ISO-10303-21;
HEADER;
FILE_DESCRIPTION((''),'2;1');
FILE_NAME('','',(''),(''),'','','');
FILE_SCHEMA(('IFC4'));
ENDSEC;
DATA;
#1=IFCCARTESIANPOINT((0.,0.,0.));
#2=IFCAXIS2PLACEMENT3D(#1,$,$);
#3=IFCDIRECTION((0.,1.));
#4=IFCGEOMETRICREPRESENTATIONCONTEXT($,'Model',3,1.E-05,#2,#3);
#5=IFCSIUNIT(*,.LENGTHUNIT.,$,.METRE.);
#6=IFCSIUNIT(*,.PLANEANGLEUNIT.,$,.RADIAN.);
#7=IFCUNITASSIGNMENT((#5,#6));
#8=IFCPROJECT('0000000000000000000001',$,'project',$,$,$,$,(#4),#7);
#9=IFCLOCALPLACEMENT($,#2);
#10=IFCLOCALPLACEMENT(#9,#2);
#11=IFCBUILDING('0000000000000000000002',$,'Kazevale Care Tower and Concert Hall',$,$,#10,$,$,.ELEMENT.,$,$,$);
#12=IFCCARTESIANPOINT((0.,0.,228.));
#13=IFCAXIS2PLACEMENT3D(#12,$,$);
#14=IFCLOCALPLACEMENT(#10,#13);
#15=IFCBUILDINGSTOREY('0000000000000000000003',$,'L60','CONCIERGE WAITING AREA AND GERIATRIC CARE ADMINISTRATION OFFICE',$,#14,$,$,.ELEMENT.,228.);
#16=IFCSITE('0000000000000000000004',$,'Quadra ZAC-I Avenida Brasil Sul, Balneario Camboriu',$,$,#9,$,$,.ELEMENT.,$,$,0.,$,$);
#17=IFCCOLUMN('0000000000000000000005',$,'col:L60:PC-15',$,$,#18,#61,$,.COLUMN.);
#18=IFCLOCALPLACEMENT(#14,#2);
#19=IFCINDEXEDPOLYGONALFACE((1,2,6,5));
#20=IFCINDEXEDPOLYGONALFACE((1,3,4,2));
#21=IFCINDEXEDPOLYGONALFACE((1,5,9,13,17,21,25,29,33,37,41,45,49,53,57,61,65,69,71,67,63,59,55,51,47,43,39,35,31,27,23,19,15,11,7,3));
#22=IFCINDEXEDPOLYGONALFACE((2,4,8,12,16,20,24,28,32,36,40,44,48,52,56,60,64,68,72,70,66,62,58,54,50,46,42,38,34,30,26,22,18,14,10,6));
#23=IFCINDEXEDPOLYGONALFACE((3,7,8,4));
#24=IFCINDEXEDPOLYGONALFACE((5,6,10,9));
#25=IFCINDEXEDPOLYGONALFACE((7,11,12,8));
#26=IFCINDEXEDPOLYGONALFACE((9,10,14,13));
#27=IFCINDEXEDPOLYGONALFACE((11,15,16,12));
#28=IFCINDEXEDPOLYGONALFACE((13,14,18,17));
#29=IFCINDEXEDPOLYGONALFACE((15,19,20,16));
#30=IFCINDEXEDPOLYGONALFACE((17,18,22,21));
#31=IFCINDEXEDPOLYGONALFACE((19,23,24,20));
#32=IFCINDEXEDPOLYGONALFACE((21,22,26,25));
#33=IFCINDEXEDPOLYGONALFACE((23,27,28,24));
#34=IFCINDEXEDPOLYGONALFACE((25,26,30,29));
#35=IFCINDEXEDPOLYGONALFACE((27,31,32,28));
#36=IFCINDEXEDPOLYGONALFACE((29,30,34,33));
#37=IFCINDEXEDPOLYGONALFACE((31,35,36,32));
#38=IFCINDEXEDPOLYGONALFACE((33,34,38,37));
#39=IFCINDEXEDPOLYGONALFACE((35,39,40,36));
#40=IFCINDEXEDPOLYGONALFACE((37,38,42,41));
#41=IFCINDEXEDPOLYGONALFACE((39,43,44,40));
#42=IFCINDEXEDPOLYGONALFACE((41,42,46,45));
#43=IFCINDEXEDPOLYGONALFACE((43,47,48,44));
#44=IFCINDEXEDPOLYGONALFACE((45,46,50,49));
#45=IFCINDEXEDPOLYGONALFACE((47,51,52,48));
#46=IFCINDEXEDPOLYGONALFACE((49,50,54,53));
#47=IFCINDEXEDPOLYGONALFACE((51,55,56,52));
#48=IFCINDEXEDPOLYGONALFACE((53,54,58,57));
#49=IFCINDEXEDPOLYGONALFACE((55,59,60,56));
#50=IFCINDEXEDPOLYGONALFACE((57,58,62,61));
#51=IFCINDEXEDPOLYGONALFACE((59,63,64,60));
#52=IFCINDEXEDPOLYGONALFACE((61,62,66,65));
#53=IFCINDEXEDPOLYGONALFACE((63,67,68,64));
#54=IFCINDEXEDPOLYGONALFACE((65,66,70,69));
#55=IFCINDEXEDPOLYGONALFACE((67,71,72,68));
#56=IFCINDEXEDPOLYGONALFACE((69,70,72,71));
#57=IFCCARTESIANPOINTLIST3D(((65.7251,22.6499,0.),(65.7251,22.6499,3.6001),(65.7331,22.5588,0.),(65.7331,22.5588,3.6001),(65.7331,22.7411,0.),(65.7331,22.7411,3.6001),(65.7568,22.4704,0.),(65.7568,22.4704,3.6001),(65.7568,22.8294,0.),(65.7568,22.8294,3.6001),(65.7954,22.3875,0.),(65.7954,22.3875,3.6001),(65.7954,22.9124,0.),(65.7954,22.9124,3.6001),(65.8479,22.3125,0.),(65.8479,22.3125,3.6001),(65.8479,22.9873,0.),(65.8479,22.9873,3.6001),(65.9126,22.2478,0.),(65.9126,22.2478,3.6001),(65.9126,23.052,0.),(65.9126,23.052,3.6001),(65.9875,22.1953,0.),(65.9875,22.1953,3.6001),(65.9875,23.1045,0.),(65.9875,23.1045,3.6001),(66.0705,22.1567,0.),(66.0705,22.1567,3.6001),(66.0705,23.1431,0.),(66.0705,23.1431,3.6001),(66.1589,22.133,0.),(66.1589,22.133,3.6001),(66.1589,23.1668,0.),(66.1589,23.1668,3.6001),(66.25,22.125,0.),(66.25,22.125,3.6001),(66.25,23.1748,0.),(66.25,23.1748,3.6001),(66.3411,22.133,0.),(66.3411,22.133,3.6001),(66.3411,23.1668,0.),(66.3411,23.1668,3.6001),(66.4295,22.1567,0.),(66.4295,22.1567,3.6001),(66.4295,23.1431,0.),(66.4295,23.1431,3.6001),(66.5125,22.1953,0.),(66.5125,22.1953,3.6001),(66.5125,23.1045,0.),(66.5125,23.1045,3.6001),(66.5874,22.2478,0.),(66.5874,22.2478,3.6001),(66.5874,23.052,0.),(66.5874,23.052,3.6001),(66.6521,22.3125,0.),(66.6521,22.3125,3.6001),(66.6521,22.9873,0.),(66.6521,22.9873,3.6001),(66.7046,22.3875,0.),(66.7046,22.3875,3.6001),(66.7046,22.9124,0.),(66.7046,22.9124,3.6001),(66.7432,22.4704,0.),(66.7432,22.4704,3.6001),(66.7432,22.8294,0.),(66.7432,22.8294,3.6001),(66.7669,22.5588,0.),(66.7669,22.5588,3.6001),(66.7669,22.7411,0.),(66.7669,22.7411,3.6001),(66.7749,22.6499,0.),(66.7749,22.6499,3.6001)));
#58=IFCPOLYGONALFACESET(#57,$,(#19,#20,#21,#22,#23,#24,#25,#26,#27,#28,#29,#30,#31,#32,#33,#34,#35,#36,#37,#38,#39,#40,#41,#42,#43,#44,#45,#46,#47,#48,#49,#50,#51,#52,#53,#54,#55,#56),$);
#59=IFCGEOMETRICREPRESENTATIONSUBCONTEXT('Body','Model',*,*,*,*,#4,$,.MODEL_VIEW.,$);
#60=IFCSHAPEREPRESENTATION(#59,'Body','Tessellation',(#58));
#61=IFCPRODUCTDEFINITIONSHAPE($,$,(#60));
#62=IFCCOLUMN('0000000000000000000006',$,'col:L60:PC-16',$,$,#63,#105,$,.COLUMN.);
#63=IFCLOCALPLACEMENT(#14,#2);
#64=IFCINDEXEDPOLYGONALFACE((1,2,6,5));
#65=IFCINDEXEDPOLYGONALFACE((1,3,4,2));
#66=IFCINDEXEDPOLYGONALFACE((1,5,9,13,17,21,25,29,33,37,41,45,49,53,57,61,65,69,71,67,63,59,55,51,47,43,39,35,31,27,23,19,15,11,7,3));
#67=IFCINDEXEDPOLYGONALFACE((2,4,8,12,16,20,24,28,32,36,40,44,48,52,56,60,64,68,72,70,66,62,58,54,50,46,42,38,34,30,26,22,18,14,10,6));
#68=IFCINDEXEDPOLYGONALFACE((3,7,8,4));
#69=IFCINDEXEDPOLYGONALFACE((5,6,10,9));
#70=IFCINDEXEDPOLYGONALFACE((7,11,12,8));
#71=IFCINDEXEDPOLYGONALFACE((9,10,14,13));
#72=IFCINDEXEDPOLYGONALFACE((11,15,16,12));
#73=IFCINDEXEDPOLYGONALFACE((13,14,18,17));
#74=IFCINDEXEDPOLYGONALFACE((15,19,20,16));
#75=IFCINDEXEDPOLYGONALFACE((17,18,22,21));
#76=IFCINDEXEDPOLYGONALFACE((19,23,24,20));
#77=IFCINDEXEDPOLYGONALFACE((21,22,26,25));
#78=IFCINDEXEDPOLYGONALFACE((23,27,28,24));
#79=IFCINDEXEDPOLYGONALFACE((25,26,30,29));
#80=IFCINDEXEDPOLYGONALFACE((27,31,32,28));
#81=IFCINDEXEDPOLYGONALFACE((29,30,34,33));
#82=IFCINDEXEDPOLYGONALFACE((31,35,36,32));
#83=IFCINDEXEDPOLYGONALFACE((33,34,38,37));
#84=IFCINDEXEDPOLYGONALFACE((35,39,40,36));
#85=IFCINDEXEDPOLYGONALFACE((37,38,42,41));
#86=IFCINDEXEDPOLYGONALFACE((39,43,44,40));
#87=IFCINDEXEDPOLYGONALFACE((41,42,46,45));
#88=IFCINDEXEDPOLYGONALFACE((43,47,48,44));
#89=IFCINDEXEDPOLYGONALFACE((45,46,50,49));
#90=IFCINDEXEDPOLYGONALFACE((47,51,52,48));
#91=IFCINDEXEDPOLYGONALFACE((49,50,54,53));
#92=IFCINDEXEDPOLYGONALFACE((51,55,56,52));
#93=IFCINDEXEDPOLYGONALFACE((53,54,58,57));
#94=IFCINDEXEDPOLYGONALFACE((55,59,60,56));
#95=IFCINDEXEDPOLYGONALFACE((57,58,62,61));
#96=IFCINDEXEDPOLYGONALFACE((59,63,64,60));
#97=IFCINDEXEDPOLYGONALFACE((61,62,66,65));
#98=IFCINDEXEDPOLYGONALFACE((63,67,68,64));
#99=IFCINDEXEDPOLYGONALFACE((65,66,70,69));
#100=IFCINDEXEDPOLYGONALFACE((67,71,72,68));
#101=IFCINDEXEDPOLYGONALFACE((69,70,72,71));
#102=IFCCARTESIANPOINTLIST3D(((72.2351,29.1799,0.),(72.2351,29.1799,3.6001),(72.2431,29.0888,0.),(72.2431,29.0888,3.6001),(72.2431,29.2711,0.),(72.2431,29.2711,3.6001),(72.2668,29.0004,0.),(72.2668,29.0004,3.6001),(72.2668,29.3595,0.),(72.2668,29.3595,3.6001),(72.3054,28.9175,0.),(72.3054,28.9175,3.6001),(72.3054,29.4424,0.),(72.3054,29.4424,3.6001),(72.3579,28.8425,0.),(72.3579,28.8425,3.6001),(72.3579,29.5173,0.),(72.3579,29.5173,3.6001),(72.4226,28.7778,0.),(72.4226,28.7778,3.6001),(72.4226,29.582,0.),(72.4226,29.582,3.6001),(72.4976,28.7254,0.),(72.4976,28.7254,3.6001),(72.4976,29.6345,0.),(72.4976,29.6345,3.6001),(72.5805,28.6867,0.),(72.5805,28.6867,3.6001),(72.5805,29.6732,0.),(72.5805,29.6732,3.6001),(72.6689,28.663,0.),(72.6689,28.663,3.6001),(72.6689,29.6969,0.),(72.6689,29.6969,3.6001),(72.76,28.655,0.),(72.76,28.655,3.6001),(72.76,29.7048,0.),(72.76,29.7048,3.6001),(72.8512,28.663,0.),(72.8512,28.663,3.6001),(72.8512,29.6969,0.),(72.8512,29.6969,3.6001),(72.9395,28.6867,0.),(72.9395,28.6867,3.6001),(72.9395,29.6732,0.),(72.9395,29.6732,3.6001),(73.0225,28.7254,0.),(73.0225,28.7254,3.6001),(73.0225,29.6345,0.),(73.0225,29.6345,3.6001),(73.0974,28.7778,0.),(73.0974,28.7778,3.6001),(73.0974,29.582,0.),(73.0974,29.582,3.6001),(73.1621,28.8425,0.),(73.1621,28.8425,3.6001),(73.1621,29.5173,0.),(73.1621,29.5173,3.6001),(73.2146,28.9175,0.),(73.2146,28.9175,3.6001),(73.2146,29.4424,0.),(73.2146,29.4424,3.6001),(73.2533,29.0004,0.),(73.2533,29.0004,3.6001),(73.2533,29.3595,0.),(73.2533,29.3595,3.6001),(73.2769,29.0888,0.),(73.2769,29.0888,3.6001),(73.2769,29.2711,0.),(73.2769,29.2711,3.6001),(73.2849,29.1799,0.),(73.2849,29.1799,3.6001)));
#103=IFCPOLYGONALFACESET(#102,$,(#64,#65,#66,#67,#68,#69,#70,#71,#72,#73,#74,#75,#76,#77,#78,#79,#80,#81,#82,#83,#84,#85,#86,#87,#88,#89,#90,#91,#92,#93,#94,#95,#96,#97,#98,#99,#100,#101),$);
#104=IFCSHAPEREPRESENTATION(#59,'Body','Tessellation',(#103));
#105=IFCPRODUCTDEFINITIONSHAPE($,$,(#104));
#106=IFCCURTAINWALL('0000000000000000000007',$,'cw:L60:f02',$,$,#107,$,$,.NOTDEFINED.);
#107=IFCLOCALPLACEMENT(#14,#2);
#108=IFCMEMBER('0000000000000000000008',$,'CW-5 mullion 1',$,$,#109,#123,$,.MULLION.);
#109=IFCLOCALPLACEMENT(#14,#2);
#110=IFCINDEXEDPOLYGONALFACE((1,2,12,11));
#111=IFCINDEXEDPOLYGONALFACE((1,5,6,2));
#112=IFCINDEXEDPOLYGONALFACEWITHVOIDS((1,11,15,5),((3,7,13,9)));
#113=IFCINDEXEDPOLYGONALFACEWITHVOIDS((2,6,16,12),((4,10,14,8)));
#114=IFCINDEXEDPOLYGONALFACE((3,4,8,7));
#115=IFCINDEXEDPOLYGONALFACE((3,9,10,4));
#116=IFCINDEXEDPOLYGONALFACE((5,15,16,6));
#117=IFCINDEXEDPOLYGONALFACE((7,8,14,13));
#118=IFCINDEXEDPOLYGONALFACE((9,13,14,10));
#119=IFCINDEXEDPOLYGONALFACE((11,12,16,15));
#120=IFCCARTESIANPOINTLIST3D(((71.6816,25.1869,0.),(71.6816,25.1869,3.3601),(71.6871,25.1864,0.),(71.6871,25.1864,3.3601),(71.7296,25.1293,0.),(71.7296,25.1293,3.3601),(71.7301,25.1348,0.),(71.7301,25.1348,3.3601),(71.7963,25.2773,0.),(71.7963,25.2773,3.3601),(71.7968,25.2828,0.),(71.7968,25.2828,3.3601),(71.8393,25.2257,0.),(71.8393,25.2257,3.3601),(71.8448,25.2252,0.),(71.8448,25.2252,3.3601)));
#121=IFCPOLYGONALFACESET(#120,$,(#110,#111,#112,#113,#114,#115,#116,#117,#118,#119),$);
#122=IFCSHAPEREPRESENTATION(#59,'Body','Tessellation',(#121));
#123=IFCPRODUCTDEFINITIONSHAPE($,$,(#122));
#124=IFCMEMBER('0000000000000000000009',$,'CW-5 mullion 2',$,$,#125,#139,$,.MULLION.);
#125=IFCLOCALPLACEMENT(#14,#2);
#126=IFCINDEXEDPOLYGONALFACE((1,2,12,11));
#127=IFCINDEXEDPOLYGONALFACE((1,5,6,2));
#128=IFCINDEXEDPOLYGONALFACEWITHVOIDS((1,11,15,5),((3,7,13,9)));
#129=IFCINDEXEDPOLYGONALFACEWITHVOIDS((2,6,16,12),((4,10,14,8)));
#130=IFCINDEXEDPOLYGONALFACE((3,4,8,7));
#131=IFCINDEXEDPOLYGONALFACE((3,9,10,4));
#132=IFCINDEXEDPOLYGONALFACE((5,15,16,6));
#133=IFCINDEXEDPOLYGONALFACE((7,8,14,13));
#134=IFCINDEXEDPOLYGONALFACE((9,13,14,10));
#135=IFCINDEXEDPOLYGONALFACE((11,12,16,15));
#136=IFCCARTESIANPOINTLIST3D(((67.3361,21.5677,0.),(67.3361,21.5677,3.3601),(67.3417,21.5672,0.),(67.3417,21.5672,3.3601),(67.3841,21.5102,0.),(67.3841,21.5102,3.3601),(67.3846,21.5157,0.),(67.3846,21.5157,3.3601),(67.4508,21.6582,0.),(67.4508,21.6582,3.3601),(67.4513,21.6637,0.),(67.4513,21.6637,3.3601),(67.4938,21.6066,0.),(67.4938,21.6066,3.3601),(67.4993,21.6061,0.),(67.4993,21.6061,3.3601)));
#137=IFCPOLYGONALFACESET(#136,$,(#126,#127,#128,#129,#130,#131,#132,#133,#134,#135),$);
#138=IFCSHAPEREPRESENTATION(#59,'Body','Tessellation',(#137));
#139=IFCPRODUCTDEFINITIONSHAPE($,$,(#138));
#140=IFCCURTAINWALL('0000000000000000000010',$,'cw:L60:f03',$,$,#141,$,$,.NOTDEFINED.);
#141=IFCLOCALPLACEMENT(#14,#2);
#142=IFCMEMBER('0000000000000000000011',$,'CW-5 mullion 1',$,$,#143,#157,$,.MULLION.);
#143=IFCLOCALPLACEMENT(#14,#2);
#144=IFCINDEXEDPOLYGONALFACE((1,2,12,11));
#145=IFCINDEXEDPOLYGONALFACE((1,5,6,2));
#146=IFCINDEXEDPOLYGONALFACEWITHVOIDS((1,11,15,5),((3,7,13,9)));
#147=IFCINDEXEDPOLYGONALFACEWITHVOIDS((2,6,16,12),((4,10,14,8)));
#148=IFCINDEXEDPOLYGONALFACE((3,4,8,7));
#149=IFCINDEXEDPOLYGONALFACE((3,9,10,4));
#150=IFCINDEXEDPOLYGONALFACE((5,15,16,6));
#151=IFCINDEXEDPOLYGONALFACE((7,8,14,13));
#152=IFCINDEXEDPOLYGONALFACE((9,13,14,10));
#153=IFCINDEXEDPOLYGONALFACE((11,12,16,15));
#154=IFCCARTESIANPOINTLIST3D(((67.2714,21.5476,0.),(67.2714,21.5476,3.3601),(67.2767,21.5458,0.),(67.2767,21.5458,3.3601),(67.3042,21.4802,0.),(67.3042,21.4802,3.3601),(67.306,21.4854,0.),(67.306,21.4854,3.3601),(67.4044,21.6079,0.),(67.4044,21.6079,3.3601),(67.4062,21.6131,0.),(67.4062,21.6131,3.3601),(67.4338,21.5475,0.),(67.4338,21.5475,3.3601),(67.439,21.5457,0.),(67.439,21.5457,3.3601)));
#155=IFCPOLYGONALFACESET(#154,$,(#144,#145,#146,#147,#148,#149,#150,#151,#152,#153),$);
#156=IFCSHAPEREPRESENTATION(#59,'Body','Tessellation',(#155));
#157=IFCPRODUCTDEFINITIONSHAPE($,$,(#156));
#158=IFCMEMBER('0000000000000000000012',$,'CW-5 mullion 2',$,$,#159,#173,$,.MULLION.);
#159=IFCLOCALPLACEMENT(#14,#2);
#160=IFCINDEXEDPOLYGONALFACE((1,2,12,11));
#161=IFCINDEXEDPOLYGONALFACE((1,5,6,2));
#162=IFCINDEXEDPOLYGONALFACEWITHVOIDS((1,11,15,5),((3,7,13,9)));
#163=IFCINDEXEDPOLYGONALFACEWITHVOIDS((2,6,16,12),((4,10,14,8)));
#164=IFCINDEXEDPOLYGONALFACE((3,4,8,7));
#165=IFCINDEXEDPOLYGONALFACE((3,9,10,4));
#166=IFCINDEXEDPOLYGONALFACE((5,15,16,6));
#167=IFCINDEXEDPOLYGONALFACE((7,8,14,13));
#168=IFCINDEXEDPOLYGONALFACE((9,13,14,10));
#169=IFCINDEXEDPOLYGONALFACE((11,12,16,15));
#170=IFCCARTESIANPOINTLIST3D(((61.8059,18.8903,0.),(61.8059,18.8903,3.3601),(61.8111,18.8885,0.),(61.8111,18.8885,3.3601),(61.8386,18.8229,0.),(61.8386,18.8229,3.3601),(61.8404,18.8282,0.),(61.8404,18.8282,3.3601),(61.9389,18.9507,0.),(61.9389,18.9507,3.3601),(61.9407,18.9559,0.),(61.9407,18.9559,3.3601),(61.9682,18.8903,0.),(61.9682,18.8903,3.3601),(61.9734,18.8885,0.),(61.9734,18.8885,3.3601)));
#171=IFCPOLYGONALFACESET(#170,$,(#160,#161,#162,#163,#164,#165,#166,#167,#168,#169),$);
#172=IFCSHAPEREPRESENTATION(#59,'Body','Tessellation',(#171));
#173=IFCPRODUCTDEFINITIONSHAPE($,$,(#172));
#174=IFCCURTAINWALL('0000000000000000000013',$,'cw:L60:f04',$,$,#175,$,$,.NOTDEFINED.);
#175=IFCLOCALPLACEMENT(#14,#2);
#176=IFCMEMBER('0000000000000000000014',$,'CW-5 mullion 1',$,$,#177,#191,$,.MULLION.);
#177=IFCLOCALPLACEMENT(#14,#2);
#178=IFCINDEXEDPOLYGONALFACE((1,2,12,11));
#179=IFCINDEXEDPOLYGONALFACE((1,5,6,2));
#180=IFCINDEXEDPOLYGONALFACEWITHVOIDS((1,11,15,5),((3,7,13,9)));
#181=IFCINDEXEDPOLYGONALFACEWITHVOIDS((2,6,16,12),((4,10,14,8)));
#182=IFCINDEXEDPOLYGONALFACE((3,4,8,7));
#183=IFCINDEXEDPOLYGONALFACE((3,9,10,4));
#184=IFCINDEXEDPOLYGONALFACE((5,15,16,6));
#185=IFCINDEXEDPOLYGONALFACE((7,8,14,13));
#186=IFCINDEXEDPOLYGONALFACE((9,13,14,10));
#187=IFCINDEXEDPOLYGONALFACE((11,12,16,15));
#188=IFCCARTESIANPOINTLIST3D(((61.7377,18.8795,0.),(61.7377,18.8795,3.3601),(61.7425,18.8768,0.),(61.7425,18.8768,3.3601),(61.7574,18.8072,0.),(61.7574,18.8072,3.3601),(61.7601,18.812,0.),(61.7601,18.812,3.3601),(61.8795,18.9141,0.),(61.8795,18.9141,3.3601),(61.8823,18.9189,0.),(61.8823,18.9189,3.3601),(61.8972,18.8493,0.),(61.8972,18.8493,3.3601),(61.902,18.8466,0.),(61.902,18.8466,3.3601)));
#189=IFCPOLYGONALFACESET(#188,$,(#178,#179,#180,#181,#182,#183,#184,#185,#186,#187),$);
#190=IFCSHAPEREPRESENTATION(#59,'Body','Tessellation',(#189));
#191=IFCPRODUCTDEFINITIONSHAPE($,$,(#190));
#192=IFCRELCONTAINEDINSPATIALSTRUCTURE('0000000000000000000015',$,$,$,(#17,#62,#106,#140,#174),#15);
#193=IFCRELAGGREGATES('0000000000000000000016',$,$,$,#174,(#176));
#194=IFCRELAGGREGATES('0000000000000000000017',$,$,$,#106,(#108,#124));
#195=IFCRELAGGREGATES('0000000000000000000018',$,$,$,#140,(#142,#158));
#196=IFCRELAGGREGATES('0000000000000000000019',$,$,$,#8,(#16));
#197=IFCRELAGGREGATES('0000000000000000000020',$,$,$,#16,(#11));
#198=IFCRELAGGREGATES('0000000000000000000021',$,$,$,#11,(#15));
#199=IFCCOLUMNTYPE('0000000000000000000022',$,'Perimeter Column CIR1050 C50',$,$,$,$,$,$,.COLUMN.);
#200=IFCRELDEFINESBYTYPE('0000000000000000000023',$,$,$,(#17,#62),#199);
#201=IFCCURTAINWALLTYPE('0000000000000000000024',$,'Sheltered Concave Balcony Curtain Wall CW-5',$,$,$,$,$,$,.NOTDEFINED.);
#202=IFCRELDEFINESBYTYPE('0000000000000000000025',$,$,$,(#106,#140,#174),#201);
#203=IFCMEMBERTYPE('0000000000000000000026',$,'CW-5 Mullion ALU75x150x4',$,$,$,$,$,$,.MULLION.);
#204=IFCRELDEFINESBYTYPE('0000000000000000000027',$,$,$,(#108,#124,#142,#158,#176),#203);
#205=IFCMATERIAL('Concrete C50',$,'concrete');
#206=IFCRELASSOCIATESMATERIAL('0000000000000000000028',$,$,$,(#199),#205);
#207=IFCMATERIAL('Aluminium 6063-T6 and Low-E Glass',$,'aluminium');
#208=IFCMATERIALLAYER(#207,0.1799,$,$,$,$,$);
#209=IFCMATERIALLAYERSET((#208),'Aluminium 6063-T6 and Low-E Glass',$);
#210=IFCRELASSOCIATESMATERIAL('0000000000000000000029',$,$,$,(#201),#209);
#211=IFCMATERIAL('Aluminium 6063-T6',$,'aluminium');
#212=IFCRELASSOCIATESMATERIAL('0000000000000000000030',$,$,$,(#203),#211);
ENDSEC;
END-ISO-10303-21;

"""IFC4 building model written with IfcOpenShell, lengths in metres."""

from ifc_helpers import new_model, si_unit, direction, frame, origin, origin_2d, place, context, subcontext, project, spatial, hollow_rectangle, circle, extrude, material, layer, layer_set, material_profile, profile_set, type_object, element, aggregate, save


model = new_model("IFC4")

# Units and contexts
model_context = context("Model", 3, precision=1e-05, world=origin(), true_north=direction((0.0, 1.0)))
body_context = subcontext(model_context, "Body", "Model", "MODEL_VIEW")
ifc_project = project(units=[si_unit("LENGTHUNIT", "METRE"), si_unit("PLANEANGLEUNIT", "RADIAN")], contexts=[model_context])

# Site, building, storey
site_placement = place(None, origin())
site = spatial("IfcSite", under=ifc_project, at=site_placement, Name="Quadra ZAC-I Avenida Brasil Sul, Balneario Camboriu", CompositionType="ELEMENT", RefElevation=0.0)
building_placement = place(site_placement, origin())
building = spatial("IfcBuilding", under=site, at=building_placement, Name="Kazevale Care Tower and Concert Hall", CompositionType="ELEMENT")
storey_placement = place(building_placement, frame((0.0, 0.0, 228.0)))
storey = spatial("IfcBuildingStorey", under=building, at=storey_placement, Name="L60", Description="CONCIERGE WAITING AREA AND GERIATRIC CARE ADMINISTRATION OFFICE", CompositionType="ELEMENT", Elevation=228.0)

# Columns
ifc_material_1 = material(Name="Concrete C50", Category="concrete")
ifc_material_profile_1 = material_profile(ifc_material_1, circle(Radius=0.5249, at=origin_2d()), Name="RC-CIR1050")
ifc_profile_set_1 = profile_set([ifc_material_profile_1], Name="Concrete C50")
column_type = type_object("IfcColumnType", Name="Perimeter Column CIR1050 C50", PredefinedType="COLUMN", material=ifc_profile_set_1)
for number, where, z_axis, x_axis, name in (
    (1, (66.25, 22.6499, 0.0), (0.0, 0.0, 1.0), (1.0, 0.0, 0.0), "col:L60:PC-15"),
    (2, (72.76, 29.1799, 0.0), (0.0, 0.0, 1.0), (1.0, 0.0, 0.0), "col:L60:PC-16"),
):
    element("IfcColumn", number, at=place(storey_placement, frame(where, z_axis=z_axis, x_axis=x_axis)), inside=storey, type_object=column_type, Name=name, PredefinedType="COLUMN", context=body_context, shape_type="SweptSolid", body=[
        extrude(circle(Radius=0.5249, at=origin_2d()), origin(), (0.0, 0.0, 1.0), 3.6001),
    ])

# Curtain walls, members
ifc_material_2 = material(Name="Aluminium 6063-T6 and Low-E Glass", Category="aluminium")
ifc_layer_1 = layer(ifc_material_2, 0.1799)
ifc_layer_set_1 = layer_set([ifc_layer_1], Name="Aluminium 6063-T6 and Low-E Glass")
curtain_wall_type = type_object("IfcCurtainWallType", Name="Sheltered Concave Balcony Curtain Wall CW-5", PredefinedType="NOTDEFINED", material=ifc_layer_set_1)
curtain_wall_1_placement = place(storey_placement, origin())
curtain_wall_1 = element("IfcCurtainWall", 3, at=curtain_wall_1_placement, inside=storey, type_object=curtain_wall_type, Name="cw:L60:f02", PredefinedType="NOTDEFINED")
ifc_material_3 = material(Name="Aluminium 6063-T6", Category="aluminium")
ifc_material_profile_2 = material_profile(ifc_material_3, hollow_rectangle(XDim=0.075, YDim=0.1499, WallThickness=0.0039, at=origin_2d()), Name="ALU75x150x4")
ifc_profile_set_2 = profile_set([ifc_material_profile_2], Name="Aluminium 6063-T6")
member_type_1 = type_object("IfcMemberType", Name="CW-5 Mullion ALU75x150x4", PredefinedType="MULLION", material=ifc_profile_set_2)
member_1_placement = place(storey_placement, frame((71.7632, 25.2061, 0.0), z_axis=(0.0, 0.0, 1.0), x_axis=(0.639961, -0.768407, 0.0)))
member_1 = element("IfcMember", 4, at=member_1_placement, type_object=member_type_1, Name="CW-5 mullion 1", PredefinedType="MULLION", context=body_context, shape_type="SweptSolid", body=[
    extrude(hollow_rectangle(XDim=0.075, YDim=0.1499, WallThickness=0.0039, at=origin_2d()), origin(), (0.0, 0.0, 1.0), 3.3601),
])
member_2_placement = place(storey_placement, frame((67.4177, 21.5869, 0.0), z_axis=(0.0, 0.0, 1.0), x_axis=(0.639961, -0.768407, 0.0)))
member_2 = element("IfcMember", 5, at=member_2_placement, type_object=member_type_1, Name="CW-5 mullion 2", PredefinedType="MULLION", context=body_context, shape_type="SweptSolid", body=[
    extrude(hollow_rectangle(XDim=0.075, YDim=0.1499, WallThickness=0.0039, at=origin_2d()), origin(), (0.0, 0.0, 1.0), 3.3601),
])
curtain_wall_2_placement = place(storey_placement, origin())
curtain_wall_2 = element("IfcCurtainWall", 6, at=curtain_wall_2_placement, inside=storey, type_object=curtain_wall_type, Name="cw:L60:f03", PredefinedType="NOTDEFINED")
member_3_placement = place(storey_placement, frame((67.3552, 21.5466, 0.0), z_axis=(0.0, 0.0, 1.0), x_axis=(0.437238, -0.899346, 0.0)))
member_3 = element("IfcMember", 7, at=member_3_placement, type_object=member_type_1, Name="CW-5 mullion 1", PredefinedType="MULLION", context=body_context, shape_type="SweptSolid", body=[
    extrude(hollow_rectangle(XDim=0.075, YDim=0.1499, WallThickness=0.0039, at=origin_2d()), origin(), (0.0, 0.0, 1.0), 3.3601),
])
member_4_placement = place(storey_placement, frame((61.8896, 18.8894, 0.0), z_axis=(0.0, 0.0, 1.0), x_axis=(0.437238, -0.899346, 0.0)))
member_4 = element("IfcMember", 8, at=member_4_placement, type_object=member_type_1, Name="CW-5 mullion 2", PredefinedType="MULLION", context=body_context, shape_type="SweptSolid", body=[
    extrude(hollow_rectangle(XDim=0.075, YDim=0.1499, WallThickness=0.0039, at=origin_2d()), origin(), (0.0, 0.0, 1.0), 3.3601),
])

# Curtain wall, member
curtain_wall_3_placement = place(storey_placement, origin())
curtain_wall_3 = element("IfcCurtainWall", 9, at=curtain_wall_3_placement, inside=storey, type_object=curtain_wall_type, Name="cw:L60:f04", PredefinedType="NOTDEFINED")
member_5_placement = place(storey_placement, frame((61.8198, 18.863, 0.0), z_axis=(0.0, 0.0, 1.0), x_axis=(0.262849, -0.964837, 0.0)))
member_5 = element("IfcMember", 10, at=member_5_placement, type_object=member_type_1, Name="CW-5 mullion 1", PredefinedType="MULLION", context=body_context, shape_type="SweptSolid", body=[
    extrude(hollow_rectangle(XDim=0.075, YDim=0.1499, WallThickness=0.0039, at=origin_2d()), origin(), (0.0, 0.0, 1.0), 3.3601),
])
aggregate(curtain_wall_3, [member_5])

aggregate(curtain_wall_1, [member_1, member_2])
aggregate(curtain_wall_2, [member_3, member_4])

save(model, "model.ifc")
